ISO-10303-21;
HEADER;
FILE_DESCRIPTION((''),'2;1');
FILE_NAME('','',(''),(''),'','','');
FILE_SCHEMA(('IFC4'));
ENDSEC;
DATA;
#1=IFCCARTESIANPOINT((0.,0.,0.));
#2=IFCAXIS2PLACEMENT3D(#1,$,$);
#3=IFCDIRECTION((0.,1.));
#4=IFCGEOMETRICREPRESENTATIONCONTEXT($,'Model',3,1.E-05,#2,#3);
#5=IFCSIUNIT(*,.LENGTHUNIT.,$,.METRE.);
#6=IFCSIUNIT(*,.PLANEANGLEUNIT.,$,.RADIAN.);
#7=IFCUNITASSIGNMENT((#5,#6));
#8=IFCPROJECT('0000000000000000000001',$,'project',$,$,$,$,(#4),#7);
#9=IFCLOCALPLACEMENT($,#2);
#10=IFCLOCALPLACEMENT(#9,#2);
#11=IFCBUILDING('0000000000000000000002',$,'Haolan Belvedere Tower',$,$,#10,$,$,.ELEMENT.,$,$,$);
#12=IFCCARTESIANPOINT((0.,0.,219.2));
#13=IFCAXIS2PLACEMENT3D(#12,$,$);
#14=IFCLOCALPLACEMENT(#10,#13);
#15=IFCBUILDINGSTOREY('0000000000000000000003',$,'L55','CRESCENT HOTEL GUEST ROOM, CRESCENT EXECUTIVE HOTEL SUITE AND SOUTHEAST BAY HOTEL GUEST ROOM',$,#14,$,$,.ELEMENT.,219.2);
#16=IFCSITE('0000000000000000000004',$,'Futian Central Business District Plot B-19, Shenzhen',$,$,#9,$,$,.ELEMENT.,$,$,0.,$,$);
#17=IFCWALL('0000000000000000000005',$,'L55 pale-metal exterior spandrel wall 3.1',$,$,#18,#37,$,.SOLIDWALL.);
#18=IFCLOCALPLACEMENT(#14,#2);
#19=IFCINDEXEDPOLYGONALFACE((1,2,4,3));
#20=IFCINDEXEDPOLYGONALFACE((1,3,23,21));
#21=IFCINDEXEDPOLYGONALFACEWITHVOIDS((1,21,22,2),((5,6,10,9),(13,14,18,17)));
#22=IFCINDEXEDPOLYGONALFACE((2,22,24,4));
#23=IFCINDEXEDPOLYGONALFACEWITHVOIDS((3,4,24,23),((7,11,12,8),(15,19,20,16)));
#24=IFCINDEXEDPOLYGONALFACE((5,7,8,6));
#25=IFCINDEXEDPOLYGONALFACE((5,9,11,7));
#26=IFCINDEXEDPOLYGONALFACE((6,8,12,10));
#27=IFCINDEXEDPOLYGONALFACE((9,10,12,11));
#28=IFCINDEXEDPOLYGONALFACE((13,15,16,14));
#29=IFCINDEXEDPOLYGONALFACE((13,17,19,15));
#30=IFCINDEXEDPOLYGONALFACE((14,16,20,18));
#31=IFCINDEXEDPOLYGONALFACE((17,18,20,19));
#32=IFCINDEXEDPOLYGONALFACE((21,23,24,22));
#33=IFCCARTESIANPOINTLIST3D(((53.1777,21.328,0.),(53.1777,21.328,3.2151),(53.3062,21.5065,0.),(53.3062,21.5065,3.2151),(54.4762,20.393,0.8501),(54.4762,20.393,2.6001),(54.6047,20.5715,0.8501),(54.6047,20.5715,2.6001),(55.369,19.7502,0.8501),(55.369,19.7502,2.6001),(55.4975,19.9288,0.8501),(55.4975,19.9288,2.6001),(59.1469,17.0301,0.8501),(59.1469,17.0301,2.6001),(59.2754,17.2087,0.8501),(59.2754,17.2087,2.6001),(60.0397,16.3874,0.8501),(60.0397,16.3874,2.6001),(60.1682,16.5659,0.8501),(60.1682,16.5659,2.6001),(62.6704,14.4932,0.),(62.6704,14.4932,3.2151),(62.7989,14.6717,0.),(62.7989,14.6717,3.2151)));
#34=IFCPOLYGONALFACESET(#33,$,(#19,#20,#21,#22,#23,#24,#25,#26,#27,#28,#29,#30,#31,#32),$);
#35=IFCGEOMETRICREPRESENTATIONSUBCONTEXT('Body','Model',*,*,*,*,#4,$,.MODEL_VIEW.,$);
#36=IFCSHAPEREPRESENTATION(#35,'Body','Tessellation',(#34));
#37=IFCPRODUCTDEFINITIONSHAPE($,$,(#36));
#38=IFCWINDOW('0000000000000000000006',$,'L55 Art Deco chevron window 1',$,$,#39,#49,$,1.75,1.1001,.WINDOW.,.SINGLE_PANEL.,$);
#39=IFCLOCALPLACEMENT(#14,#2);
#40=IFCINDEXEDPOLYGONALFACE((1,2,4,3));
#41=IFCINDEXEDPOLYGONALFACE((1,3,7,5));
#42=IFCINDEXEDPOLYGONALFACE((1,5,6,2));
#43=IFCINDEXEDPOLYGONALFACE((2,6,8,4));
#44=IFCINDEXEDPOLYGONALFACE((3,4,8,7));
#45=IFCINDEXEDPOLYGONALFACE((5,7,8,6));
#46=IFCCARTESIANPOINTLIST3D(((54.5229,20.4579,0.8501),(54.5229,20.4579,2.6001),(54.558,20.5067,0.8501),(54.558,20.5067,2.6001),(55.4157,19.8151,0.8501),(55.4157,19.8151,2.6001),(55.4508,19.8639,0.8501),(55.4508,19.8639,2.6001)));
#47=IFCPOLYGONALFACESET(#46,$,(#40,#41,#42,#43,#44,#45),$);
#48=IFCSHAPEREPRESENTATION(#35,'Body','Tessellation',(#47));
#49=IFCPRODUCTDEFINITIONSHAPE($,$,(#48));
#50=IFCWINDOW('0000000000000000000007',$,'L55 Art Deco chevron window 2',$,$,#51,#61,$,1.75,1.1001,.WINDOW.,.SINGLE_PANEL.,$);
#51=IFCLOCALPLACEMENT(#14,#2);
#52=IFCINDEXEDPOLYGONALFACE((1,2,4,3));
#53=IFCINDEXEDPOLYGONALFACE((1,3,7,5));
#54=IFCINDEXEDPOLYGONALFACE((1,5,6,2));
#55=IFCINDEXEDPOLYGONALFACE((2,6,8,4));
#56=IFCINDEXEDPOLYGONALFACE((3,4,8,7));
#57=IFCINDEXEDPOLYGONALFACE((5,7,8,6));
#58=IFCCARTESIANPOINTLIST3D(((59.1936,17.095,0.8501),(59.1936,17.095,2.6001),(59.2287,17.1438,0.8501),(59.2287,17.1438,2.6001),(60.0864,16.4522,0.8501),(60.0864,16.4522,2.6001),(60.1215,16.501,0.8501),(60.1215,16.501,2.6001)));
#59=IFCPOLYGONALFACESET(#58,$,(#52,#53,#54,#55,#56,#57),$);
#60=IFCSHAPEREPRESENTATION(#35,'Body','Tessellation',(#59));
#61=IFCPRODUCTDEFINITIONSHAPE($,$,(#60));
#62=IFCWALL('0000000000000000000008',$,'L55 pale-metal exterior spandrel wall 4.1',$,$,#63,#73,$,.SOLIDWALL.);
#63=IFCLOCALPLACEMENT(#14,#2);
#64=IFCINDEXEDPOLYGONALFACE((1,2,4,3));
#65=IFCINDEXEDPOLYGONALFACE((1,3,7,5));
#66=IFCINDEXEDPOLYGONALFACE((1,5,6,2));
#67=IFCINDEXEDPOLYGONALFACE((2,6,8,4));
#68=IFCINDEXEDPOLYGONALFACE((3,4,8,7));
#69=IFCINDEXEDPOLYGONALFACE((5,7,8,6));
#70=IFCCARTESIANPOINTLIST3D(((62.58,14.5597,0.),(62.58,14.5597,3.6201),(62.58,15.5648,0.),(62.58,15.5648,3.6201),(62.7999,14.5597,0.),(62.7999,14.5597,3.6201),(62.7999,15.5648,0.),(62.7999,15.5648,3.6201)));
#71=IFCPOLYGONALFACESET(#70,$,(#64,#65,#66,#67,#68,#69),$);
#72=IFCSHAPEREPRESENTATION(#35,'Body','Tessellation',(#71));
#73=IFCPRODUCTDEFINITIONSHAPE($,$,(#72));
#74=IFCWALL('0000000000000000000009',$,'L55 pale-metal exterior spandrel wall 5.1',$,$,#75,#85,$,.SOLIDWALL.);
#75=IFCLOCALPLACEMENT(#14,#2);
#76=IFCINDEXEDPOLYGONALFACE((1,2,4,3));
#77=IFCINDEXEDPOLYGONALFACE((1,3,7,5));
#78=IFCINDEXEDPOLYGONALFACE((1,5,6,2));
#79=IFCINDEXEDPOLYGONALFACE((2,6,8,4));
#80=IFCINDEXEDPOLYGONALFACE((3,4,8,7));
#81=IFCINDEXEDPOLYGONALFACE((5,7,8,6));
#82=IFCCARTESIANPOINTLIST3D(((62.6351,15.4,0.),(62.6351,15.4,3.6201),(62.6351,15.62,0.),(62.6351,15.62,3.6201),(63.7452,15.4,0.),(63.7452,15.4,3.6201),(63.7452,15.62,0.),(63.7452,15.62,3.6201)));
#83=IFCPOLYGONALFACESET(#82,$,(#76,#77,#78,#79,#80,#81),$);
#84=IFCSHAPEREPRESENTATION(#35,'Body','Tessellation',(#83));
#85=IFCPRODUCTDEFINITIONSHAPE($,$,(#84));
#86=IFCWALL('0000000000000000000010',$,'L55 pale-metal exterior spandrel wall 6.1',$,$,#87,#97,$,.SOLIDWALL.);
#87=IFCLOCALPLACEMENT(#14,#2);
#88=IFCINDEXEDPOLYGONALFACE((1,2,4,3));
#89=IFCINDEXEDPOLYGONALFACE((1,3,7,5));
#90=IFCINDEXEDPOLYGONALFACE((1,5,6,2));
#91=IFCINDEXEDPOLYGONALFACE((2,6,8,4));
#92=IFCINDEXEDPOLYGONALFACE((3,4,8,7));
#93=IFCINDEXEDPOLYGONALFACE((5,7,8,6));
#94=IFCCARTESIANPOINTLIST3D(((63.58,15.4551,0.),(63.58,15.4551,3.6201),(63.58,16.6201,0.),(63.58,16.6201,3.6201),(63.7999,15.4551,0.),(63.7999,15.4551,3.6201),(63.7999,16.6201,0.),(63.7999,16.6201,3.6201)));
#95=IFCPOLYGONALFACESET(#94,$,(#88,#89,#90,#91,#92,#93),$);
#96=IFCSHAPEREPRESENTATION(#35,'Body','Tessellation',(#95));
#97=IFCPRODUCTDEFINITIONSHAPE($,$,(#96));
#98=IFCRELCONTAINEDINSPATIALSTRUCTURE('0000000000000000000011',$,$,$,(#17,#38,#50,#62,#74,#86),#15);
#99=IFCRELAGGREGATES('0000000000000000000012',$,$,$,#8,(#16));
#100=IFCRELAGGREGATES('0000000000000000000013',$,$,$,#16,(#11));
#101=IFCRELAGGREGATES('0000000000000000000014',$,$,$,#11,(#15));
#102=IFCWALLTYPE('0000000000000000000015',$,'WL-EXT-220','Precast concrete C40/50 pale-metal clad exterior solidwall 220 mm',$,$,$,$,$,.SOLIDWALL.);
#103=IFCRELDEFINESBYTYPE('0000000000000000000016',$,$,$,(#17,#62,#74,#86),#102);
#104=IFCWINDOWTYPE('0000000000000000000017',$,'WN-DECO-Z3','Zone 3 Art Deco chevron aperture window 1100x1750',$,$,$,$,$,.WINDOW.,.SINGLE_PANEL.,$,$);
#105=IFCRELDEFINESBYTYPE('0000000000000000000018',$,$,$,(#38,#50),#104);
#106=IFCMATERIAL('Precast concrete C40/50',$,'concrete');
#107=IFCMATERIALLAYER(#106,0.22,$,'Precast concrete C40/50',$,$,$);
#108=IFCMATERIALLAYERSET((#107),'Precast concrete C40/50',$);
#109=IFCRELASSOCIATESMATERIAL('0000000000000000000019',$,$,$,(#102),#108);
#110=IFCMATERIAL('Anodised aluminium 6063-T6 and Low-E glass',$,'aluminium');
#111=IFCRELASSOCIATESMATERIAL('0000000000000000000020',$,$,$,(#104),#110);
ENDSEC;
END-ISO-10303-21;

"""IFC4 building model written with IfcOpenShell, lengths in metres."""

from ifc_helpers import new_model, si_unit, direction, frame, frame_2d, origin, place, context, subcontext, project, spatial, rectangle, extrude, material, layer, layer_set, type_object, element, fill, save


model = new_model("IFC4")

# Units and contexts
model_context = context("Model", 3, precision=1e-05, world=origin(), true_north=direction((0.0, 1.0)))
body_context = subcontext(model_context, "Body", "Model", "MODEL_VIEW")
ifc_project = project(units=[si_unit("LENGTHUNIT", "METRE"), si_unit("PLANEANGLEUNIT", "RADIAN")], contexts=[model_context])

# Site, building, storey
site_placement = place(None, origin())
site = spatial("IfcSite", under=ifc_project, at=site_placement, Name="Futian Central Business District Plot B-19, Shenzhen", CompositionType="ELEMENT", RefElevation=0.0)
building_placement = place(site_placement, origin())
building = spatial("IfcBuilding", under=site, at=building_placement, Name="Haolan Belvedere Tower", CompositionType="ELEMENT")
storey_placement = place(building_placement, frame((0.0, 0.0, 219.2)))
storey = spatial("IfcBuildingStorey", under=building, at=storey_placement, Name="L55", Description="CRESCENT HOTEL GUEST ROOM, CRESCENT EXECUTIVE HOTEL SUITE AND SOUTHEAST BAY HOTEL GUEST ROOM", CompositionType="ELEMENT", Elevation=219.2)

# Wall, openings, windows
ifc_material_1 = material(Name="Precast concrete C40/50", Category="concrete")
ifc_layer_1 = layer(ifc_material_1, 0.22, Name="Precast concrete C40/50")
ifc_layer_set_1 = layer_set([ifc_layer_1], Name="Precast concrete C40/50")
wall_type_1 = type_object("IfcWallType", Name="WL-EXT-220", Description="Precast concrete C40/50 pale-metal clad exterior solidwall 220 mm", PredefinedType="SOLIDWALL", material=ifc_layer_set_1)
wall_1_placement = place(storey_placement, frame((53.2419, 21.4172, 0.0), z_axis=(0.0, 0.0, 1.0), x_axis=(0.811535, -0.584304, 0.0)))
wall_1 = element("IfcWall", 1, at=wall_1_placement, inside=storey, type_object=wall_type_1, Name="L55 pale-metal exterior spandrel wall 3.1", PredefinedType="SOLIDWALL", context=body_context, shape_type="SweptSolid", body=[
    extrude(rectangle(XDim=11.6973, YDim=0.22, at=frame_2d((5.8486, 0.0))), origin(), (0.0, 0.0, 1.0), 3.2151),
])
opening_1_placement = place(wall_1_placement, frame((1.6001, 0.0, 0.8501)))
opening_1 = element("IfcOpeningElement", 2, at=opening_1_placement, cuts=wall_1, PredefinedType="OPENING", context=body_context, shape_type="SweptSolid", body=[
    extrude(rectangle(XDim=1.1001, YDim=1.75, at=frame_2d((0.55, 0.875))), frame((0.0, 0.1199, 0.0), z_axis=(0.0, -1.0, 0.0), x_axis=(1.0, 0.0, 0.0)), (0.0, 0.0, 1.0), 0.24),
])
opening_2_placement = place(wall_1_placement, frame((7.3555, 0.0, 0.8501)))
opening_2 = element("IfcOpeningElement", 3, at=opening_2_placement, cuts=wall_1, PredefinedType="OPENING", context=body_context, shape_type="SweptSolid", body=[
    extrude(rectangle(XDim=1.1001, YDim=1.75, at=frame_2d((0.55, 0.875))), frame((0.0, 0.1199, 0.0), z_axis=(0.0, -1.0, 0.0), x_axis=(1.0, 0.0, 0.0)), (0.0, 0.0, 1.0), 0.24),
])
ifc_material_2 = material(Name="Anodised aluminium 6063-T6 and Low-E glass", Category="aluminium")
window_type = type_object("IfcWindowType", Name="WN-DECO-Z3", Description="Zone 3 Art Deco chevron aperture window 1100x1750", PartitioningType="SINGLE_PANEL", PredefinedType="WINDOW", material=ifc_material_2)
window_1_placement = place(opening_1_placement, origin())
window_1 = element("IfcWindow", 4, at=window_1_placement, inside=storey, type_object=window_type, Name="L55 Art Deco chevron window 1", OverallHeight=1.75, OverallWidth=1.1001, PartitioningType="SINGLE_PANEL", PredefinedType="WINDOW", context=body_context, shape_type="SweptSolid", body=[
    extrude(rectangle(XDim=1.1001, YDim=1.75, at=frame_2d((0.55, 0.875))), frame((0.0, 0.03, 0.0), z_axis=(0.0, -1.0, 0.0), x_axis=(1.0, 0.0, 0.0)), (0.0, 0.0, 1.0), 0.0601),
])
fill(opening_1, window_1)
window_2_placement = place(opening_2_placement, origin())
window_2 = element("IfcWindow", 5, at=window_2_placement, inside=storey, type_object=window_type, Name="L55 Art Deco chevron window 2", OverallHeight=1.75, OverallWidth=1.1001, PartitioningType="SINGLE_PANEL", PredefinedType="WINDOW", context=body_context, shape_type="SweptSolid", body=[
    extrude(rectangle(XDim=1.1001, YDim=1.75, at=frame_2d((0.55, 0.875))), frame((0.0, 0.03, 0.0), z_axis=(0.0, -1.0, 0.0), x_axis=(1.0, 0.0, 0.0)), (0.0, 0.0, 1.0), 0.0601),
])
fill(opening_2, window_2)

# Walls
wall_2_placement = place(storey_placement, frame((62.6899, 14.5598, 0.0), z_axis=(0.0, 0.0, 1.0), x_axis=(0.0, 1.0, 0.0)))
element("IfcWall", 6, at=wall_2_placement, inside=storey, type_object=wall_type_1, Name="L55 pale-metal exterior spandrel wall 4.1", PredefinedType="SOLIDWALL", context=body_context, shape_type="SweptSolid", body=[
    extrude(rectangle(XDim=1.0051, YDim=0.22, at=frame_2d((0.5024, 0.0))), origin(), (0.0, 0.0, 1.0), 3.6201),
])
wall_3_placement = place(storey_placement, frame((62.635, 15.51, 0.0), z_axis=(0.0, 0.0, 1.0), x_axis=(1.0, 0.0, 0.0)))
element("IfcWall", 7, at=wall_3_placement, inside=storey, type_object=wall_type_1, Name="L55 pale-metal exterior spandrel wall 5.1", PredefinedType="SOLIDWALL", context=body_context, shape_type="SweptSolid", body=[
    extrude(rectangle(XDim=1.1101, YDim=0.22, at=frame_2d((0.5552, 0.0))), origin(), (0.0, 0.0, 1.0), 3.6201),
])
wall_4_placement = place(storey_placement, frame((63.6899, 15.4551, 0.0), z_axis=(0.0, 0.0, 1.0), x_axis=(0.0, 1.0, 0.0)))
element("IfcWall", 8, at=wall_4_placement, inside=storey, type_object=wall_type_1, Name="L55 pale-metal exterior spandrel wall 6.1", PredefinedType="SOLIDWALL", context=body_context, shape_type="SweptSolid", body=[
    extrude(rectangle(XDim=1.165, YDim=0.22, at=frame_2d((0.5825, 0.0))), origin(), (0.0, 0.0, 1.0), 3.6201),
])

save(model, "model.ifc")
